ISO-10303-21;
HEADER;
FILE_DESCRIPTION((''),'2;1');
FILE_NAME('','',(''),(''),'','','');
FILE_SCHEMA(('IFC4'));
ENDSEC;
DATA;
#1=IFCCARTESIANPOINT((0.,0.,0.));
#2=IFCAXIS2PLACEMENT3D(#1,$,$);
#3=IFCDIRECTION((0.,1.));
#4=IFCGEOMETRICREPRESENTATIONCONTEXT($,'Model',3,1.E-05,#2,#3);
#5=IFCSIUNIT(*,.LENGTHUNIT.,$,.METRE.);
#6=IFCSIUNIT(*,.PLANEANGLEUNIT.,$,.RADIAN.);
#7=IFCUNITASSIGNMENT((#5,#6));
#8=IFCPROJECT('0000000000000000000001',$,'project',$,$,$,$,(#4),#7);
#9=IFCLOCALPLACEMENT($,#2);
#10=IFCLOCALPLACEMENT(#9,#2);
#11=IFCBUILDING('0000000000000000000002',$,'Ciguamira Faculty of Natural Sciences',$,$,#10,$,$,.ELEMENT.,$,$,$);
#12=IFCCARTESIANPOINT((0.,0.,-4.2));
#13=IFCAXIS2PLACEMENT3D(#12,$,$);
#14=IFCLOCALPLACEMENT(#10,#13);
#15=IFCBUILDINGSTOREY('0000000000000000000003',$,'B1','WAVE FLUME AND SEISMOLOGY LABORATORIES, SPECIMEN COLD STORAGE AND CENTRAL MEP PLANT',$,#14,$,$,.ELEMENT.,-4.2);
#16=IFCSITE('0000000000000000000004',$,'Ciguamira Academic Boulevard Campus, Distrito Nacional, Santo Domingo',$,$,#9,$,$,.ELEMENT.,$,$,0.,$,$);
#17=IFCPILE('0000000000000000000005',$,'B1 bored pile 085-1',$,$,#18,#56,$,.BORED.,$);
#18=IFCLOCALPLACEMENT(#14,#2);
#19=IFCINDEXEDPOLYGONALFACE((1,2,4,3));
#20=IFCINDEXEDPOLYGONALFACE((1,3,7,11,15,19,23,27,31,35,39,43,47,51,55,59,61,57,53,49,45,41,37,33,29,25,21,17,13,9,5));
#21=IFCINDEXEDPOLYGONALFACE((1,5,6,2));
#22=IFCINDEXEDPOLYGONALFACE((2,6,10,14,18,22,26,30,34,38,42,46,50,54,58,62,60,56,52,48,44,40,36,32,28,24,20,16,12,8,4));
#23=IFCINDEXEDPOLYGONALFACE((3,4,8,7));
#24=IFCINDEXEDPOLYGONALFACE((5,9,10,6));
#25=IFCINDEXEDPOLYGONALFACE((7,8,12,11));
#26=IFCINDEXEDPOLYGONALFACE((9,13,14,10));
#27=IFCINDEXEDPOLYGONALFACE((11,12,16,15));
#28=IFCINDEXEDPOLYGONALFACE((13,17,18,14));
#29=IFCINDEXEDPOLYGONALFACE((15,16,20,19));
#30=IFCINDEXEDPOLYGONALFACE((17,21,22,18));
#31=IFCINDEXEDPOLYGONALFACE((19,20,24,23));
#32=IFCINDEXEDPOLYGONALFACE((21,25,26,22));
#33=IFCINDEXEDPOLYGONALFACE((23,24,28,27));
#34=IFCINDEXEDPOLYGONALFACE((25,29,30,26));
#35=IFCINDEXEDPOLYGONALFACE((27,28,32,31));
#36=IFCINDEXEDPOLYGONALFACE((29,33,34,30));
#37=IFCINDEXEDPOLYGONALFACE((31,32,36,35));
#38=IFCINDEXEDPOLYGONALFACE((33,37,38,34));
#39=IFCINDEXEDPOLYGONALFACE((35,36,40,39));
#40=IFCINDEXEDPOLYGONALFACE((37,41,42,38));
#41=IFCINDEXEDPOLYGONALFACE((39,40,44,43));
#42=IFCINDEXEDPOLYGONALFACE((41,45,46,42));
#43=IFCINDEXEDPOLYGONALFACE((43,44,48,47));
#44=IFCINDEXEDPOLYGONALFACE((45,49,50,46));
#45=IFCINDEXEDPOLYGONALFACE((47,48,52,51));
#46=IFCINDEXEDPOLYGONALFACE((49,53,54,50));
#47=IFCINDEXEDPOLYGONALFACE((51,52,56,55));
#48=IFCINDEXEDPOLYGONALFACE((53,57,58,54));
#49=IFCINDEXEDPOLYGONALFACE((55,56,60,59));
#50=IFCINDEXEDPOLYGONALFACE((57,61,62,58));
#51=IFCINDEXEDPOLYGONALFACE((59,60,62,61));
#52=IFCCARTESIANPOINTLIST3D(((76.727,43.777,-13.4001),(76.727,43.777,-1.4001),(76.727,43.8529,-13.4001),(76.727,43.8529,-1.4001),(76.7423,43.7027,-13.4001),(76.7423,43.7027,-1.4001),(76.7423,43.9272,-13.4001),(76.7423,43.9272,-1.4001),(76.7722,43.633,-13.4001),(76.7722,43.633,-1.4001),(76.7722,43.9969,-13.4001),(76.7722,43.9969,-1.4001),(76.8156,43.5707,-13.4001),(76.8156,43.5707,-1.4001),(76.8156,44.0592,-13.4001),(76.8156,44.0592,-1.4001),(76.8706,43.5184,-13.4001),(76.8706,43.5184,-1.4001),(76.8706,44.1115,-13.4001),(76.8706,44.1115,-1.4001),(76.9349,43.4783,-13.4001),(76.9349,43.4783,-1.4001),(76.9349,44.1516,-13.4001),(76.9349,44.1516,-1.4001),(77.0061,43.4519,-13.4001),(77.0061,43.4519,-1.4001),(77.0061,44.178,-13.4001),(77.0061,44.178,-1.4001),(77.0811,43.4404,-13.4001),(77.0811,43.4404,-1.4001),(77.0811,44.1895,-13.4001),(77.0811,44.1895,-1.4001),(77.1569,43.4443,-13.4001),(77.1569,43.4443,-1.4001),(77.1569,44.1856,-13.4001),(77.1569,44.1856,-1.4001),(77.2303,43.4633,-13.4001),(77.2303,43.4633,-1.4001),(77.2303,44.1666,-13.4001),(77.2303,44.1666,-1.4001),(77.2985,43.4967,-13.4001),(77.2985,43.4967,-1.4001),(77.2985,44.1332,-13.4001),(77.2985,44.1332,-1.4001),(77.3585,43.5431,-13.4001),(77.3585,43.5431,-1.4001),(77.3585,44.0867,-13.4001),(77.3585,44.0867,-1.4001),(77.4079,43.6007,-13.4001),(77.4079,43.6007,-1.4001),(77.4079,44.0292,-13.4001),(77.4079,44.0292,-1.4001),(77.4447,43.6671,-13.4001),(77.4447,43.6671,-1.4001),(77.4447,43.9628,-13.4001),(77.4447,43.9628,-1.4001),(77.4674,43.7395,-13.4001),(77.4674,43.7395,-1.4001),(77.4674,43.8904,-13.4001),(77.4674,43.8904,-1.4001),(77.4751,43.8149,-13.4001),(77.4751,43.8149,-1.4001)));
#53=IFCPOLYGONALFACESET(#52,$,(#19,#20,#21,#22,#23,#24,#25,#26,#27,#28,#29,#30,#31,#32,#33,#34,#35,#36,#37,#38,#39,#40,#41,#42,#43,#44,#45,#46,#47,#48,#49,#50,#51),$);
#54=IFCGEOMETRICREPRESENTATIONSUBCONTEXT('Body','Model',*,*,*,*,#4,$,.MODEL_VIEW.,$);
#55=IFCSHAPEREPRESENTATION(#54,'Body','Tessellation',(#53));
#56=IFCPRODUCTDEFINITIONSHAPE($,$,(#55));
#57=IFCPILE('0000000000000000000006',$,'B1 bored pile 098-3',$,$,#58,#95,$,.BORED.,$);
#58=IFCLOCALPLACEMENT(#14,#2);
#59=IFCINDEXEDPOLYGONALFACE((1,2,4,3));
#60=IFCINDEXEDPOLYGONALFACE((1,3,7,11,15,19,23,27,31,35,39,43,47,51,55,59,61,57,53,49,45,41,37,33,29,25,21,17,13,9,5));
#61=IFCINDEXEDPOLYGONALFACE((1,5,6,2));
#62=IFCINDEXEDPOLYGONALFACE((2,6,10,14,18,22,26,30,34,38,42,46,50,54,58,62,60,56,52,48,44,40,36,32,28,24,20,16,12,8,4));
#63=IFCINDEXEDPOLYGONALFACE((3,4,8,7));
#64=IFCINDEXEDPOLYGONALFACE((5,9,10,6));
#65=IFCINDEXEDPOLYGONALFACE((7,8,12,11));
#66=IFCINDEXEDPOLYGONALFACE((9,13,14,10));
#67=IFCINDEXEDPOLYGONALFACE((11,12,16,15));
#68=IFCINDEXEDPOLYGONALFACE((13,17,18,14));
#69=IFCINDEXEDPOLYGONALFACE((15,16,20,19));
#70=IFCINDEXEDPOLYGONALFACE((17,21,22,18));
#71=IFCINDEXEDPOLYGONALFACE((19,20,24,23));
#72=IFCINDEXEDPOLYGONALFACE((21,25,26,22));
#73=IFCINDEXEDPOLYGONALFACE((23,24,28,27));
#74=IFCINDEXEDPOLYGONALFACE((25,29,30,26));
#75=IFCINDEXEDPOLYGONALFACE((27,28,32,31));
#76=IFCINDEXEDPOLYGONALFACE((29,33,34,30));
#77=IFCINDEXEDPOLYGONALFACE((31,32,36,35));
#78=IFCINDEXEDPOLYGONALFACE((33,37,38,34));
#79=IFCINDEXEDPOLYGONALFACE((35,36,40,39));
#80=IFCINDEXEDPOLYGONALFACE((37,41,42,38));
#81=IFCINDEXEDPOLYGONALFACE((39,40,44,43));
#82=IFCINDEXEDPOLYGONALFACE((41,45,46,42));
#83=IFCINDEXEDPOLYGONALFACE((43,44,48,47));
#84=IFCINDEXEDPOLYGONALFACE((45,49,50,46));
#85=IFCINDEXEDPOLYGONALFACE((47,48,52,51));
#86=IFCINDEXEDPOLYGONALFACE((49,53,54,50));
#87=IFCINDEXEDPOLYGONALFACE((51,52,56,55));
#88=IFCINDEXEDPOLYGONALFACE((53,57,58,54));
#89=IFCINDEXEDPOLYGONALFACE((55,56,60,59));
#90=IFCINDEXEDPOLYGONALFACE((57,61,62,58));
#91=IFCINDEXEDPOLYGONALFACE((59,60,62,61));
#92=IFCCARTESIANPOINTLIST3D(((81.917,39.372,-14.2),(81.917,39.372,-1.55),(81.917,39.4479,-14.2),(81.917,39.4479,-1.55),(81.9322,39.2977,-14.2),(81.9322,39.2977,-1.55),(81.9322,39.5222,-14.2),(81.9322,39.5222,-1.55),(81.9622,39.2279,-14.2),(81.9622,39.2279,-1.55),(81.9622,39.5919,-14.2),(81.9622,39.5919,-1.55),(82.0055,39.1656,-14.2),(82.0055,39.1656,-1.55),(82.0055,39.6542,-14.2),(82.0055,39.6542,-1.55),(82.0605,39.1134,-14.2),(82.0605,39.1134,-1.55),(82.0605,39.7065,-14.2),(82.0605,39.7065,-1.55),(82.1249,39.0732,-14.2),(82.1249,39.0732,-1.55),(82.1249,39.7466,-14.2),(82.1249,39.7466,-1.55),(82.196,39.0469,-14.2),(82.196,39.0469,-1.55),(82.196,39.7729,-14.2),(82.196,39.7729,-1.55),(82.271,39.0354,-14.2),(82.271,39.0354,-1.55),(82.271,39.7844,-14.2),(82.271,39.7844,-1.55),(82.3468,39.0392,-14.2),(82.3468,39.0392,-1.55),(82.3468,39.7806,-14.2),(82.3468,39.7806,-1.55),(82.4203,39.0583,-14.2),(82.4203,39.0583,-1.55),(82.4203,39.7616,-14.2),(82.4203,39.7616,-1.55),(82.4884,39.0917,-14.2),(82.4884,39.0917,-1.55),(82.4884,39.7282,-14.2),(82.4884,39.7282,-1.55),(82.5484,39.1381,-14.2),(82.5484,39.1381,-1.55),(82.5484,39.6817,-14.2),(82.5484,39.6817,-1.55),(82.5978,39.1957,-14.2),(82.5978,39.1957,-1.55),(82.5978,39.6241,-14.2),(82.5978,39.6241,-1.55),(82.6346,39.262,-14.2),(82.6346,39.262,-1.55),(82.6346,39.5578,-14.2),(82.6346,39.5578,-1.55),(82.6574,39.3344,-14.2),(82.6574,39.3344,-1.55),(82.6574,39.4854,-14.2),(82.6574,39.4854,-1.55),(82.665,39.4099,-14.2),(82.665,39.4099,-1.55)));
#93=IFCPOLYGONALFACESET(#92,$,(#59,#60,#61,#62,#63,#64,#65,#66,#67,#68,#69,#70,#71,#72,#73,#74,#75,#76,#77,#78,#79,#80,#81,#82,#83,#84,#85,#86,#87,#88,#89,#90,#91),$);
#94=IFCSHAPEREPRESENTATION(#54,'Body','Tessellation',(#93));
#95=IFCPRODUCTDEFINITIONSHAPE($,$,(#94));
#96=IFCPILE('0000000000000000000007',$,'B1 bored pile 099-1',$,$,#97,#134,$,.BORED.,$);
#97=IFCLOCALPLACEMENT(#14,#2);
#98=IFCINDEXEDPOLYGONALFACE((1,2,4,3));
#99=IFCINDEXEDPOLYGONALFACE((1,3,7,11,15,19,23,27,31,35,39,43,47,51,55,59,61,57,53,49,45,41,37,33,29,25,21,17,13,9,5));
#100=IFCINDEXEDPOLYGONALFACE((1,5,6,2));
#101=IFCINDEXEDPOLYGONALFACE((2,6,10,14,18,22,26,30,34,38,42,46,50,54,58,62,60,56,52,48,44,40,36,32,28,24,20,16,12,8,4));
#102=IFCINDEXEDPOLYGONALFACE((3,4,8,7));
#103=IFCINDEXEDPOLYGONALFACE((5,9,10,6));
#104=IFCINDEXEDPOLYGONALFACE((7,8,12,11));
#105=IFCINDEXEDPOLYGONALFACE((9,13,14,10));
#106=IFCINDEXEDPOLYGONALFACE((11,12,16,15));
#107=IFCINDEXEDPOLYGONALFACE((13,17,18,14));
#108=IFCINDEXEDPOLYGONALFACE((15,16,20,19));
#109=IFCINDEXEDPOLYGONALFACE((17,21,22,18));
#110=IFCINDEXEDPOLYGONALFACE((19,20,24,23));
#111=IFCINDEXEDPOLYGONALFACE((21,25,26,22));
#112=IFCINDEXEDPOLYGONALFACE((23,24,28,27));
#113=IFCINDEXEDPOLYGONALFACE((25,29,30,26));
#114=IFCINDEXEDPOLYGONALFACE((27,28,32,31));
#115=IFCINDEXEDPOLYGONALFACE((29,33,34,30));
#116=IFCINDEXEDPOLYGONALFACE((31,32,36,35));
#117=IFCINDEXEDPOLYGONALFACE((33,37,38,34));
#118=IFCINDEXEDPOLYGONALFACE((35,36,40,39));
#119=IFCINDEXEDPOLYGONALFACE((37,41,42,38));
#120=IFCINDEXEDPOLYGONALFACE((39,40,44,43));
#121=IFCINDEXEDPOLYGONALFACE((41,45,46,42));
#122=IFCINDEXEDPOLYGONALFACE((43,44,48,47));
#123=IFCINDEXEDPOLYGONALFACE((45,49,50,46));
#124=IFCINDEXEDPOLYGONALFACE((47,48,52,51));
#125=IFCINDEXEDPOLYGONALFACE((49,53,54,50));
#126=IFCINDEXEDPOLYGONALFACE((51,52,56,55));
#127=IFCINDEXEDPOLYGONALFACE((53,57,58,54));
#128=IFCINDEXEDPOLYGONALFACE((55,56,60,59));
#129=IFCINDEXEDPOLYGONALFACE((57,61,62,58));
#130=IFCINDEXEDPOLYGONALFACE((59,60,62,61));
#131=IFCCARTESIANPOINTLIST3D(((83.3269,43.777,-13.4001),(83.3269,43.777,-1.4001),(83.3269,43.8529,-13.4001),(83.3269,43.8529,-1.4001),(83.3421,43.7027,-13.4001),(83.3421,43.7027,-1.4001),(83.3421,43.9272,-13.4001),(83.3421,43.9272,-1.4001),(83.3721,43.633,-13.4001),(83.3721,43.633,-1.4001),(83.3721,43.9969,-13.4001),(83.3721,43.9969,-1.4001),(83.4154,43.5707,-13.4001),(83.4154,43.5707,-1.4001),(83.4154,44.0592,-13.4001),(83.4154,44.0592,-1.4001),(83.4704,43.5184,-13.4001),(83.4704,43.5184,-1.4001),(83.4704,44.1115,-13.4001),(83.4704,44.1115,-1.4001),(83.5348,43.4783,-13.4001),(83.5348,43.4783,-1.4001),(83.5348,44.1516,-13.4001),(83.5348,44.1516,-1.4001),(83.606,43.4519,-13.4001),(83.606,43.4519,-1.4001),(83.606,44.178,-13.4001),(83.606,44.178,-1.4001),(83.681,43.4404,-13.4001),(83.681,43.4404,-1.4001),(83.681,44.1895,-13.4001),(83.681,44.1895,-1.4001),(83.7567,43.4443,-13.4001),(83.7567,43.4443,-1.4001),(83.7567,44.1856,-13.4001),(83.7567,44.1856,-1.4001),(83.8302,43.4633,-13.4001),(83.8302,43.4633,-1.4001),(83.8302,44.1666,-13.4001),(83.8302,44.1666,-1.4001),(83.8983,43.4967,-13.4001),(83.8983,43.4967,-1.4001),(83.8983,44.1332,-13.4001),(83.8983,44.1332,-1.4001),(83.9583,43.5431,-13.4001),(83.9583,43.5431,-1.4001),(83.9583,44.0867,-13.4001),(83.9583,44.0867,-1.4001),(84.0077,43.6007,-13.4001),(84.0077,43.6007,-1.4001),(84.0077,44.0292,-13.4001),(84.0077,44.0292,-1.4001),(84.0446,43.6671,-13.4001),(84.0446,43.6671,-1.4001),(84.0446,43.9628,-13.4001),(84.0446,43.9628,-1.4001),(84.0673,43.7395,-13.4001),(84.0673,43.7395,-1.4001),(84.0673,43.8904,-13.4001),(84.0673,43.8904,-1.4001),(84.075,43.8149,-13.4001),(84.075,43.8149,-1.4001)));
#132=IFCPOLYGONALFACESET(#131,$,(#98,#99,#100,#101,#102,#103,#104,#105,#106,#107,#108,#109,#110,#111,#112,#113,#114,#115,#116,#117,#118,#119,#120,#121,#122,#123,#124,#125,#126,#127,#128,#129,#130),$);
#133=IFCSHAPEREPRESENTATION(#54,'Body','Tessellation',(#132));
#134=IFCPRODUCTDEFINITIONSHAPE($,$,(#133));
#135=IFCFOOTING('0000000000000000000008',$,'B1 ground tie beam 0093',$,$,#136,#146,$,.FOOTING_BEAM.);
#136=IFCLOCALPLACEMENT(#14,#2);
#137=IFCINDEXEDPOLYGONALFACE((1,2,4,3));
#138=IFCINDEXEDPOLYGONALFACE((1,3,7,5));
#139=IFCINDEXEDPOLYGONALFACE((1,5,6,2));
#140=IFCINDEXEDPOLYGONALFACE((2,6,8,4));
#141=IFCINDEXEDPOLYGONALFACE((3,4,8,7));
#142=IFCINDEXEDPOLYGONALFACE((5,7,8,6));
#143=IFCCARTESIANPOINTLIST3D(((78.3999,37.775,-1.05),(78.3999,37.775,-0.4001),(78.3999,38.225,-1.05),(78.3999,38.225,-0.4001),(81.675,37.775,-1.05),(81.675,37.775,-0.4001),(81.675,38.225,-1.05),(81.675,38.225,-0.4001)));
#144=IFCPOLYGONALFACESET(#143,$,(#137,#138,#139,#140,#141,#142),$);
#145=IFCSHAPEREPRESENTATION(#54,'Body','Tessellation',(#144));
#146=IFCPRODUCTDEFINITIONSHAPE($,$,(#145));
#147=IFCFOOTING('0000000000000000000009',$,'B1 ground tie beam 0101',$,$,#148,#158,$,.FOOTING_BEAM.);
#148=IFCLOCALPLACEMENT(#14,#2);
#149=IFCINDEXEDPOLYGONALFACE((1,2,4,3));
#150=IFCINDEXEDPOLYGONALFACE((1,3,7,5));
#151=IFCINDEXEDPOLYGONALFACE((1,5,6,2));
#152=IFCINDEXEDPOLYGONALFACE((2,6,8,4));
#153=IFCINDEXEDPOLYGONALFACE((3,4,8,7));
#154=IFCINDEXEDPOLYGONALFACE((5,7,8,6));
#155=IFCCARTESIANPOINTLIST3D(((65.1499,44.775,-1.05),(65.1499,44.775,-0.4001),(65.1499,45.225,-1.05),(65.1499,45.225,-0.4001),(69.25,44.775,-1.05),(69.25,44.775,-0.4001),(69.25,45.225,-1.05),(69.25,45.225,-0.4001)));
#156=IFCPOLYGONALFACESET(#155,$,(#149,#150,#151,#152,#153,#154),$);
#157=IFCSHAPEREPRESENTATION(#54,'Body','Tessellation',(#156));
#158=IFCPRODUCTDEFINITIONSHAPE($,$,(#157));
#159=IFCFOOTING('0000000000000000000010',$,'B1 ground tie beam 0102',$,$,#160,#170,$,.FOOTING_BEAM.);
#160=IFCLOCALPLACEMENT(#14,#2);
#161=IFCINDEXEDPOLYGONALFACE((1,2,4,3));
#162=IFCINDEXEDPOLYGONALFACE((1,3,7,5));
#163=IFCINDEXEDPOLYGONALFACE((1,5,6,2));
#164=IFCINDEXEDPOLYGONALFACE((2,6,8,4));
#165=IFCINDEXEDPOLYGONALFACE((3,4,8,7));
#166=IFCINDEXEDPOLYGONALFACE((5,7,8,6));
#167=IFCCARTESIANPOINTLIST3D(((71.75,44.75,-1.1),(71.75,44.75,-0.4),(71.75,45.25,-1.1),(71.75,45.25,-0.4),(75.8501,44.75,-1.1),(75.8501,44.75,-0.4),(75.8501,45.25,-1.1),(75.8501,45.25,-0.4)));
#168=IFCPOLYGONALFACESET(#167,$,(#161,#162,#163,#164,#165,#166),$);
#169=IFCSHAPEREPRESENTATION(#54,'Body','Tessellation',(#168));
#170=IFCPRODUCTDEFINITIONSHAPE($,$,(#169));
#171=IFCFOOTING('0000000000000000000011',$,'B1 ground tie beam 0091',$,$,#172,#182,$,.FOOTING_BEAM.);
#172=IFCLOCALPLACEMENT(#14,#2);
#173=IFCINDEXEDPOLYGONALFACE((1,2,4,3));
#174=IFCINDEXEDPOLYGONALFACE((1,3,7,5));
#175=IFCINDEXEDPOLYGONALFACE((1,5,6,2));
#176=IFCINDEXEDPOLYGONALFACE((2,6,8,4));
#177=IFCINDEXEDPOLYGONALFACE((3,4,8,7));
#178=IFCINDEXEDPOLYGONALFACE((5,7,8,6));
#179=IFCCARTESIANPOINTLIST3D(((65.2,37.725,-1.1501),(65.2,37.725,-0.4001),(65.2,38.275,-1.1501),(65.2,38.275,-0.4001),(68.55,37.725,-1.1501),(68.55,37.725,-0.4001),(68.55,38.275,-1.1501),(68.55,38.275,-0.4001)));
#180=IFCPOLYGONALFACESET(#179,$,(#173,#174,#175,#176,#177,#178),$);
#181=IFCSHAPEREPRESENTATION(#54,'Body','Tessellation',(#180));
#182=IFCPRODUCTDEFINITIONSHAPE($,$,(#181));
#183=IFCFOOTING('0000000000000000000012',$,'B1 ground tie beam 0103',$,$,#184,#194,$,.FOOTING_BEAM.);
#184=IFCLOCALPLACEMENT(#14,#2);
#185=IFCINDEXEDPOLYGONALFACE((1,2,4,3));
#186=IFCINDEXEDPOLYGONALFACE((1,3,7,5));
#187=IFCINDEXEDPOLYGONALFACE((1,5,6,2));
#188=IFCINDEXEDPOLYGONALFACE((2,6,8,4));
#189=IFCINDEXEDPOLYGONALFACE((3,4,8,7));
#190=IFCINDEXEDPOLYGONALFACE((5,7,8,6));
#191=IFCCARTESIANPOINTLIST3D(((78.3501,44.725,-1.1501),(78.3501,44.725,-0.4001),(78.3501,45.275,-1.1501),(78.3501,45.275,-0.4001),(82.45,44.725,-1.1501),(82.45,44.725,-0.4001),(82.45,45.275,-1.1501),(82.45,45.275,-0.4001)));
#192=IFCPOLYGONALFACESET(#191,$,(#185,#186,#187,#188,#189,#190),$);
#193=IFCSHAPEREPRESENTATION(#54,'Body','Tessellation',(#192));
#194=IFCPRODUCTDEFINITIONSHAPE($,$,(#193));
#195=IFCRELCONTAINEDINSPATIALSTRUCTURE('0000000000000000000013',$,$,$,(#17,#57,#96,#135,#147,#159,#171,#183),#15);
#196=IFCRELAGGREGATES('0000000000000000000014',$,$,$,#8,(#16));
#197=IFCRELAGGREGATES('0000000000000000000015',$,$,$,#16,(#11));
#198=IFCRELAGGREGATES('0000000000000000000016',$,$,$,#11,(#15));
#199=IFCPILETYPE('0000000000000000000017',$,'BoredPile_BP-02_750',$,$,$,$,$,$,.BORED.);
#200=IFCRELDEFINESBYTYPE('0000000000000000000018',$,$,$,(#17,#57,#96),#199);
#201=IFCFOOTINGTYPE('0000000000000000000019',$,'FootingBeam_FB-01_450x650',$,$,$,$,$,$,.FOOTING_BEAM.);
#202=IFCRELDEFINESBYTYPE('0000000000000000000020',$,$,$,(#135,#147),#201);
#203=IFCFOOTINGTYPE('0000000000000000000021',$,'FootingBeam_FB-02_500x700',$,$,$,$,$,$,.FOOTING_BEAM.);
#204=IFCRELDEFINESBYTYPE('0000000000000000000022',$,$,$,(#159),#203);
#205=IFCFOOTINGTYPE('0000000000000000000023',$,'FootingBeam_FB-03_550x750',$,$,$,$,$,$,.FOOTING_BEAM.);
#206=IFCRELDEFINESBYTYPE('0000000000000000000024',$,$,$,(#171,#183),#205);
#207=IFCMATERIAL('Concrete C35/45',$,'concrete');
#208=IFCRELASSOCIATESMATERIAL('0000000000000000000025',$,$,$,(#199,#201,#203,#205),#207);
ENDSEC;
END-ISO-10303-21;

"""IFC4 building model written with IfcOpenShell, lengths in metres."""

from ifc_helpers import new_model, si_unit, direction, frame, origin, origin_2d, place, context, subcontext, project, spatial, rectangle, circle, extrude, material, material_profile, profile_set, type_object, element, save


model = new_model("IFC4")

# Units and contexts
model_context = context("Model", 3, precision=1e-05, world=origin(), true_north=direction((0.0, 1.0)))
body_context = subcontext(model_context, "Body", "Model", "MODEL_VIEW")
ifc_project = project(units=[si_unit("LENGTHUNIT", "METRE"), si_unit("PLANEANGLEUNIT", "RADIAN")], contexts=[model_context])

# Site, building, storey
site_placement = place(None, origin())
site = spatial("IfcSite", under=ifc_project, at=site_placement, Name="Ciguamira Academic Boulevard Campus, Distrito Nacional, Santo Domingo", CompositionType="ELEMENT", RefElevation=0.0)
building_placement = place(site_placement, origin())
building = spatial("IfcBuilding", under=site, at=building_placement, Name="Ciguamira Faculty of Natural Sciences", CompositionType="ELEMENT")
storey_placement = place(building_placement, frame((0.0, 0.0, -4.2)))
storey = spatial("IfcBuildingStorey", under=building, at=storey_placement, Name="B1", Description="WAVE FLUME AND SEISMOLOGY LABORATORIES, SPECIMEN COLD STORAGE AND CENTRAL MEP PLANT", CompositionType="ELEMENT", Elevation=-4.2)

# Piles
ifc_material_1 = material(Name="Concrete C35/45", Category="concrete")
ifc_material_profile_1 = material_profile(ifc_material_1, circle(Radius=0.375, at=origin_2d()), Name="PILE-BORED-750")
ifc_profile_set_1 = profile_set([ifc_material_profile_1], Name="Concrete C35/45")
pile_type = type_object("IfcPileType", Name="BoredPile_BP-02_750", PredefinedType="BORED", material=ifc_profile_set_1)
pile_1_placement = place(storey_placement, frame((77.1001, 43.8149, -1.4001), z_axis=(0.0, 0.0, -1.0), x_axis=(1.0, 0.0, 0.0)))
element("IfcPile", 1, at=pile_1_placement, inside=storey, type_object=pile_type, Name="B1 bored pile 085-1", PredefinedType="BORED", context=body_context, shape_type="SweptSolid", body=[
    extrude(circle(Radius=0.375, at=origin_2d()), origin(), (0.0, 0.0, 1.0), 12.0),
])
pile_2_placement = place(storey_placement, frame((82.29, 39.4099, -1.55), z_axis=(0.0, 0.0, -1.0), x_axis=(1.0, 0.0, 0.0)))
element("IfcPile", 2, at=pile_2_placement, inside=storey, type_object=pile_type, Name="B1 bored pile 098-3", PredefinedType="BORED", context=body_context, shape_type="SweptSolid", body=[
    extrude(circle(Radius=0.375, at=origin_2d()), origin(), (0.0, 0.0, 1.0), 12.6499),
])
pile_3_placement = place(storey_placement, frame((83.7, 43.8149, -1.4001), z_axis=(0.0, 0.0, -1.0), x_axis=(1.0, 0.0, 0.0)))
element("IfcPile", 3, at=pile_3_placement, inside=storey, type_object=pile_type, Name="B1 bored pile 099-1", PredefinedType="BORED", context=body_context, shape_type="SweptSolid", body=[
    extrude(circle(Radius=0.375, at=origin_2d()), origin(), (0.0, 0.0, 1.0), 12.0),
])

# Footings
ifc_material_profile_2 = material_profile(ifc_material_1, rectangle(XDim=0.45, YDim=0.6499, at=origin_2d()), Name="RC-FB-450X650")
ifc_profile_set_2 = profile_set([ifc_material_profile_2], Name="Concrete C35/45")
footing_type_1 = type_object("IfcFootingType", Name="FootingBeam_FB-01_450x650", PredefinedType="FOOTING_BEAM", material=ifc_profile_set_2)
footing_1_placement = place(storey_placement, frame((78.3999, 38.0, -0.7251), z_axis=(1.0, 0.0, 0.0), x_axis=(0.0, 1.0, 0.0)))
element("IfcFooting", 4, at=footing_1_placement, inside=storey, type_object=footing_type_1, Name="B1 ground tie beam 0093", PredefinedType="FOOTING_BEAM", context=body_context, shape_type="SweptSolid", body=[
    extrude(rectangle(XDim=0.45, YDim=0.6499, at=origin_2d()), origin(), (0.0, 0.0, 1.0), 3.2751),
])
footing_2_placement = place(storey_placement, frame((65.1499, 45.0, -0.7251), z_axis=(1.0, 0.0, 0.0), x_axis=(0.0, 1.0, 0.0)))
element("IfcFooting", 5, at=footing_2_placement, inside=storey, type_object=footing_type_1, Name="B1 ground tie beam 0101", PredefinedType="FOOTING_BEAM", context=body_context, shape_type="SweptSolid", body=[
    extrude(rectangle(XDim=0.45, YDim=0.6499, at=origin_2d()), origin(), (0.0, 0.0, 1.0), 4.1001),
])
ifc_material_profile_3 = material_profile(ifc_material_1, rectangle(XDim=0.5, YDim=0.7, at=origin_2d()), Name="RC-FB-500X700")
ifc_profile_set_3 = profile_set([ifc_material_profile_3], Name="Concrete C35/45")
footing_type_2 = type_object("IfcFootingType", Name="FootingBeam_FB-02_500x700", PredefinedType="FOOTING_BEAM", material=ifc_profile_set_3)
footing_3_placement = place(storey_placement, frame((71.75, 45.0, -0.75), z_axis=(1.0, 0.0, 0.0), x_axis=(0.0, 1.0, 0.0)))
element("IfcFooting", 6, at=footing_3_placement, inside=storey, type_object=footing_type_2, Name="B1 ground tie beam 0102", PredefinedType="FOOTING_BEAM", context=body_context, shape_type="SweptSolid", body=[
    extrude(rectangle(XDim=0.5, YDim=0.7, at=origin_2d()), origin(), (0.0, 0.0, 1.0), 4.1001),
])
ifc_material_profile_4 = material_profile(ifc_material_1, rectangle(XDim=0.55, YDim=0.75, at=origin_2d()), Name="RC-FB-550X750")
ifc_profile_set_4 = profile_set([ifc_material_profile_4], Name="Concrete C35/45")
footing_type_3 = type_object("IfcFootingType", Name="FootingBeam_FB-03_550x750", PredefinedType="FOOTING_BEAM", material=ifc_profile_set_4)
footing_4_placement = place(storey_placement, frame((65.2, 38.0, -0.7751), z_axis=(1.0, 0.0, 0.0), x_axis=(0.0, 1.0, 0.0)))
element("IfcFooting", 7, at=footing_4_placement, inside=storey, type_object=footing_type_3, Name="B1 ground tie beam 0091", PredefinedType="FOOTING_BEAM", context=body_context, shape_type="SweptSolid", body=[
    extrude(rectangle(XDim=0.55, YDim=0.75, at=origin_2d()), origin(), (0.0, 0.0, 1.0), 3.3501),
])
footing_5_placement = place(storey_placement, frame((78.3501, 45.0, -0.7751), z_axis=(1.0, 0.0, 0.0), x_axis=(0.0, 1.0, 0.0)))
element("IfcFooting", 8, at=footing_5_placement, inside=storey, type_object=footing_type_3, Name="B1 ground tie beam 0103", PredefinedType="FOOTING_BEAM", context=body_context, shape_type="SweptSolid", body=[
    extrude(rectangle(XDim=0.55, YDim=0.75, at=origin_2d()), origin(), (0.0, 0.0, 1.0), 4.0999),
])

save(model, "model.ifc")
